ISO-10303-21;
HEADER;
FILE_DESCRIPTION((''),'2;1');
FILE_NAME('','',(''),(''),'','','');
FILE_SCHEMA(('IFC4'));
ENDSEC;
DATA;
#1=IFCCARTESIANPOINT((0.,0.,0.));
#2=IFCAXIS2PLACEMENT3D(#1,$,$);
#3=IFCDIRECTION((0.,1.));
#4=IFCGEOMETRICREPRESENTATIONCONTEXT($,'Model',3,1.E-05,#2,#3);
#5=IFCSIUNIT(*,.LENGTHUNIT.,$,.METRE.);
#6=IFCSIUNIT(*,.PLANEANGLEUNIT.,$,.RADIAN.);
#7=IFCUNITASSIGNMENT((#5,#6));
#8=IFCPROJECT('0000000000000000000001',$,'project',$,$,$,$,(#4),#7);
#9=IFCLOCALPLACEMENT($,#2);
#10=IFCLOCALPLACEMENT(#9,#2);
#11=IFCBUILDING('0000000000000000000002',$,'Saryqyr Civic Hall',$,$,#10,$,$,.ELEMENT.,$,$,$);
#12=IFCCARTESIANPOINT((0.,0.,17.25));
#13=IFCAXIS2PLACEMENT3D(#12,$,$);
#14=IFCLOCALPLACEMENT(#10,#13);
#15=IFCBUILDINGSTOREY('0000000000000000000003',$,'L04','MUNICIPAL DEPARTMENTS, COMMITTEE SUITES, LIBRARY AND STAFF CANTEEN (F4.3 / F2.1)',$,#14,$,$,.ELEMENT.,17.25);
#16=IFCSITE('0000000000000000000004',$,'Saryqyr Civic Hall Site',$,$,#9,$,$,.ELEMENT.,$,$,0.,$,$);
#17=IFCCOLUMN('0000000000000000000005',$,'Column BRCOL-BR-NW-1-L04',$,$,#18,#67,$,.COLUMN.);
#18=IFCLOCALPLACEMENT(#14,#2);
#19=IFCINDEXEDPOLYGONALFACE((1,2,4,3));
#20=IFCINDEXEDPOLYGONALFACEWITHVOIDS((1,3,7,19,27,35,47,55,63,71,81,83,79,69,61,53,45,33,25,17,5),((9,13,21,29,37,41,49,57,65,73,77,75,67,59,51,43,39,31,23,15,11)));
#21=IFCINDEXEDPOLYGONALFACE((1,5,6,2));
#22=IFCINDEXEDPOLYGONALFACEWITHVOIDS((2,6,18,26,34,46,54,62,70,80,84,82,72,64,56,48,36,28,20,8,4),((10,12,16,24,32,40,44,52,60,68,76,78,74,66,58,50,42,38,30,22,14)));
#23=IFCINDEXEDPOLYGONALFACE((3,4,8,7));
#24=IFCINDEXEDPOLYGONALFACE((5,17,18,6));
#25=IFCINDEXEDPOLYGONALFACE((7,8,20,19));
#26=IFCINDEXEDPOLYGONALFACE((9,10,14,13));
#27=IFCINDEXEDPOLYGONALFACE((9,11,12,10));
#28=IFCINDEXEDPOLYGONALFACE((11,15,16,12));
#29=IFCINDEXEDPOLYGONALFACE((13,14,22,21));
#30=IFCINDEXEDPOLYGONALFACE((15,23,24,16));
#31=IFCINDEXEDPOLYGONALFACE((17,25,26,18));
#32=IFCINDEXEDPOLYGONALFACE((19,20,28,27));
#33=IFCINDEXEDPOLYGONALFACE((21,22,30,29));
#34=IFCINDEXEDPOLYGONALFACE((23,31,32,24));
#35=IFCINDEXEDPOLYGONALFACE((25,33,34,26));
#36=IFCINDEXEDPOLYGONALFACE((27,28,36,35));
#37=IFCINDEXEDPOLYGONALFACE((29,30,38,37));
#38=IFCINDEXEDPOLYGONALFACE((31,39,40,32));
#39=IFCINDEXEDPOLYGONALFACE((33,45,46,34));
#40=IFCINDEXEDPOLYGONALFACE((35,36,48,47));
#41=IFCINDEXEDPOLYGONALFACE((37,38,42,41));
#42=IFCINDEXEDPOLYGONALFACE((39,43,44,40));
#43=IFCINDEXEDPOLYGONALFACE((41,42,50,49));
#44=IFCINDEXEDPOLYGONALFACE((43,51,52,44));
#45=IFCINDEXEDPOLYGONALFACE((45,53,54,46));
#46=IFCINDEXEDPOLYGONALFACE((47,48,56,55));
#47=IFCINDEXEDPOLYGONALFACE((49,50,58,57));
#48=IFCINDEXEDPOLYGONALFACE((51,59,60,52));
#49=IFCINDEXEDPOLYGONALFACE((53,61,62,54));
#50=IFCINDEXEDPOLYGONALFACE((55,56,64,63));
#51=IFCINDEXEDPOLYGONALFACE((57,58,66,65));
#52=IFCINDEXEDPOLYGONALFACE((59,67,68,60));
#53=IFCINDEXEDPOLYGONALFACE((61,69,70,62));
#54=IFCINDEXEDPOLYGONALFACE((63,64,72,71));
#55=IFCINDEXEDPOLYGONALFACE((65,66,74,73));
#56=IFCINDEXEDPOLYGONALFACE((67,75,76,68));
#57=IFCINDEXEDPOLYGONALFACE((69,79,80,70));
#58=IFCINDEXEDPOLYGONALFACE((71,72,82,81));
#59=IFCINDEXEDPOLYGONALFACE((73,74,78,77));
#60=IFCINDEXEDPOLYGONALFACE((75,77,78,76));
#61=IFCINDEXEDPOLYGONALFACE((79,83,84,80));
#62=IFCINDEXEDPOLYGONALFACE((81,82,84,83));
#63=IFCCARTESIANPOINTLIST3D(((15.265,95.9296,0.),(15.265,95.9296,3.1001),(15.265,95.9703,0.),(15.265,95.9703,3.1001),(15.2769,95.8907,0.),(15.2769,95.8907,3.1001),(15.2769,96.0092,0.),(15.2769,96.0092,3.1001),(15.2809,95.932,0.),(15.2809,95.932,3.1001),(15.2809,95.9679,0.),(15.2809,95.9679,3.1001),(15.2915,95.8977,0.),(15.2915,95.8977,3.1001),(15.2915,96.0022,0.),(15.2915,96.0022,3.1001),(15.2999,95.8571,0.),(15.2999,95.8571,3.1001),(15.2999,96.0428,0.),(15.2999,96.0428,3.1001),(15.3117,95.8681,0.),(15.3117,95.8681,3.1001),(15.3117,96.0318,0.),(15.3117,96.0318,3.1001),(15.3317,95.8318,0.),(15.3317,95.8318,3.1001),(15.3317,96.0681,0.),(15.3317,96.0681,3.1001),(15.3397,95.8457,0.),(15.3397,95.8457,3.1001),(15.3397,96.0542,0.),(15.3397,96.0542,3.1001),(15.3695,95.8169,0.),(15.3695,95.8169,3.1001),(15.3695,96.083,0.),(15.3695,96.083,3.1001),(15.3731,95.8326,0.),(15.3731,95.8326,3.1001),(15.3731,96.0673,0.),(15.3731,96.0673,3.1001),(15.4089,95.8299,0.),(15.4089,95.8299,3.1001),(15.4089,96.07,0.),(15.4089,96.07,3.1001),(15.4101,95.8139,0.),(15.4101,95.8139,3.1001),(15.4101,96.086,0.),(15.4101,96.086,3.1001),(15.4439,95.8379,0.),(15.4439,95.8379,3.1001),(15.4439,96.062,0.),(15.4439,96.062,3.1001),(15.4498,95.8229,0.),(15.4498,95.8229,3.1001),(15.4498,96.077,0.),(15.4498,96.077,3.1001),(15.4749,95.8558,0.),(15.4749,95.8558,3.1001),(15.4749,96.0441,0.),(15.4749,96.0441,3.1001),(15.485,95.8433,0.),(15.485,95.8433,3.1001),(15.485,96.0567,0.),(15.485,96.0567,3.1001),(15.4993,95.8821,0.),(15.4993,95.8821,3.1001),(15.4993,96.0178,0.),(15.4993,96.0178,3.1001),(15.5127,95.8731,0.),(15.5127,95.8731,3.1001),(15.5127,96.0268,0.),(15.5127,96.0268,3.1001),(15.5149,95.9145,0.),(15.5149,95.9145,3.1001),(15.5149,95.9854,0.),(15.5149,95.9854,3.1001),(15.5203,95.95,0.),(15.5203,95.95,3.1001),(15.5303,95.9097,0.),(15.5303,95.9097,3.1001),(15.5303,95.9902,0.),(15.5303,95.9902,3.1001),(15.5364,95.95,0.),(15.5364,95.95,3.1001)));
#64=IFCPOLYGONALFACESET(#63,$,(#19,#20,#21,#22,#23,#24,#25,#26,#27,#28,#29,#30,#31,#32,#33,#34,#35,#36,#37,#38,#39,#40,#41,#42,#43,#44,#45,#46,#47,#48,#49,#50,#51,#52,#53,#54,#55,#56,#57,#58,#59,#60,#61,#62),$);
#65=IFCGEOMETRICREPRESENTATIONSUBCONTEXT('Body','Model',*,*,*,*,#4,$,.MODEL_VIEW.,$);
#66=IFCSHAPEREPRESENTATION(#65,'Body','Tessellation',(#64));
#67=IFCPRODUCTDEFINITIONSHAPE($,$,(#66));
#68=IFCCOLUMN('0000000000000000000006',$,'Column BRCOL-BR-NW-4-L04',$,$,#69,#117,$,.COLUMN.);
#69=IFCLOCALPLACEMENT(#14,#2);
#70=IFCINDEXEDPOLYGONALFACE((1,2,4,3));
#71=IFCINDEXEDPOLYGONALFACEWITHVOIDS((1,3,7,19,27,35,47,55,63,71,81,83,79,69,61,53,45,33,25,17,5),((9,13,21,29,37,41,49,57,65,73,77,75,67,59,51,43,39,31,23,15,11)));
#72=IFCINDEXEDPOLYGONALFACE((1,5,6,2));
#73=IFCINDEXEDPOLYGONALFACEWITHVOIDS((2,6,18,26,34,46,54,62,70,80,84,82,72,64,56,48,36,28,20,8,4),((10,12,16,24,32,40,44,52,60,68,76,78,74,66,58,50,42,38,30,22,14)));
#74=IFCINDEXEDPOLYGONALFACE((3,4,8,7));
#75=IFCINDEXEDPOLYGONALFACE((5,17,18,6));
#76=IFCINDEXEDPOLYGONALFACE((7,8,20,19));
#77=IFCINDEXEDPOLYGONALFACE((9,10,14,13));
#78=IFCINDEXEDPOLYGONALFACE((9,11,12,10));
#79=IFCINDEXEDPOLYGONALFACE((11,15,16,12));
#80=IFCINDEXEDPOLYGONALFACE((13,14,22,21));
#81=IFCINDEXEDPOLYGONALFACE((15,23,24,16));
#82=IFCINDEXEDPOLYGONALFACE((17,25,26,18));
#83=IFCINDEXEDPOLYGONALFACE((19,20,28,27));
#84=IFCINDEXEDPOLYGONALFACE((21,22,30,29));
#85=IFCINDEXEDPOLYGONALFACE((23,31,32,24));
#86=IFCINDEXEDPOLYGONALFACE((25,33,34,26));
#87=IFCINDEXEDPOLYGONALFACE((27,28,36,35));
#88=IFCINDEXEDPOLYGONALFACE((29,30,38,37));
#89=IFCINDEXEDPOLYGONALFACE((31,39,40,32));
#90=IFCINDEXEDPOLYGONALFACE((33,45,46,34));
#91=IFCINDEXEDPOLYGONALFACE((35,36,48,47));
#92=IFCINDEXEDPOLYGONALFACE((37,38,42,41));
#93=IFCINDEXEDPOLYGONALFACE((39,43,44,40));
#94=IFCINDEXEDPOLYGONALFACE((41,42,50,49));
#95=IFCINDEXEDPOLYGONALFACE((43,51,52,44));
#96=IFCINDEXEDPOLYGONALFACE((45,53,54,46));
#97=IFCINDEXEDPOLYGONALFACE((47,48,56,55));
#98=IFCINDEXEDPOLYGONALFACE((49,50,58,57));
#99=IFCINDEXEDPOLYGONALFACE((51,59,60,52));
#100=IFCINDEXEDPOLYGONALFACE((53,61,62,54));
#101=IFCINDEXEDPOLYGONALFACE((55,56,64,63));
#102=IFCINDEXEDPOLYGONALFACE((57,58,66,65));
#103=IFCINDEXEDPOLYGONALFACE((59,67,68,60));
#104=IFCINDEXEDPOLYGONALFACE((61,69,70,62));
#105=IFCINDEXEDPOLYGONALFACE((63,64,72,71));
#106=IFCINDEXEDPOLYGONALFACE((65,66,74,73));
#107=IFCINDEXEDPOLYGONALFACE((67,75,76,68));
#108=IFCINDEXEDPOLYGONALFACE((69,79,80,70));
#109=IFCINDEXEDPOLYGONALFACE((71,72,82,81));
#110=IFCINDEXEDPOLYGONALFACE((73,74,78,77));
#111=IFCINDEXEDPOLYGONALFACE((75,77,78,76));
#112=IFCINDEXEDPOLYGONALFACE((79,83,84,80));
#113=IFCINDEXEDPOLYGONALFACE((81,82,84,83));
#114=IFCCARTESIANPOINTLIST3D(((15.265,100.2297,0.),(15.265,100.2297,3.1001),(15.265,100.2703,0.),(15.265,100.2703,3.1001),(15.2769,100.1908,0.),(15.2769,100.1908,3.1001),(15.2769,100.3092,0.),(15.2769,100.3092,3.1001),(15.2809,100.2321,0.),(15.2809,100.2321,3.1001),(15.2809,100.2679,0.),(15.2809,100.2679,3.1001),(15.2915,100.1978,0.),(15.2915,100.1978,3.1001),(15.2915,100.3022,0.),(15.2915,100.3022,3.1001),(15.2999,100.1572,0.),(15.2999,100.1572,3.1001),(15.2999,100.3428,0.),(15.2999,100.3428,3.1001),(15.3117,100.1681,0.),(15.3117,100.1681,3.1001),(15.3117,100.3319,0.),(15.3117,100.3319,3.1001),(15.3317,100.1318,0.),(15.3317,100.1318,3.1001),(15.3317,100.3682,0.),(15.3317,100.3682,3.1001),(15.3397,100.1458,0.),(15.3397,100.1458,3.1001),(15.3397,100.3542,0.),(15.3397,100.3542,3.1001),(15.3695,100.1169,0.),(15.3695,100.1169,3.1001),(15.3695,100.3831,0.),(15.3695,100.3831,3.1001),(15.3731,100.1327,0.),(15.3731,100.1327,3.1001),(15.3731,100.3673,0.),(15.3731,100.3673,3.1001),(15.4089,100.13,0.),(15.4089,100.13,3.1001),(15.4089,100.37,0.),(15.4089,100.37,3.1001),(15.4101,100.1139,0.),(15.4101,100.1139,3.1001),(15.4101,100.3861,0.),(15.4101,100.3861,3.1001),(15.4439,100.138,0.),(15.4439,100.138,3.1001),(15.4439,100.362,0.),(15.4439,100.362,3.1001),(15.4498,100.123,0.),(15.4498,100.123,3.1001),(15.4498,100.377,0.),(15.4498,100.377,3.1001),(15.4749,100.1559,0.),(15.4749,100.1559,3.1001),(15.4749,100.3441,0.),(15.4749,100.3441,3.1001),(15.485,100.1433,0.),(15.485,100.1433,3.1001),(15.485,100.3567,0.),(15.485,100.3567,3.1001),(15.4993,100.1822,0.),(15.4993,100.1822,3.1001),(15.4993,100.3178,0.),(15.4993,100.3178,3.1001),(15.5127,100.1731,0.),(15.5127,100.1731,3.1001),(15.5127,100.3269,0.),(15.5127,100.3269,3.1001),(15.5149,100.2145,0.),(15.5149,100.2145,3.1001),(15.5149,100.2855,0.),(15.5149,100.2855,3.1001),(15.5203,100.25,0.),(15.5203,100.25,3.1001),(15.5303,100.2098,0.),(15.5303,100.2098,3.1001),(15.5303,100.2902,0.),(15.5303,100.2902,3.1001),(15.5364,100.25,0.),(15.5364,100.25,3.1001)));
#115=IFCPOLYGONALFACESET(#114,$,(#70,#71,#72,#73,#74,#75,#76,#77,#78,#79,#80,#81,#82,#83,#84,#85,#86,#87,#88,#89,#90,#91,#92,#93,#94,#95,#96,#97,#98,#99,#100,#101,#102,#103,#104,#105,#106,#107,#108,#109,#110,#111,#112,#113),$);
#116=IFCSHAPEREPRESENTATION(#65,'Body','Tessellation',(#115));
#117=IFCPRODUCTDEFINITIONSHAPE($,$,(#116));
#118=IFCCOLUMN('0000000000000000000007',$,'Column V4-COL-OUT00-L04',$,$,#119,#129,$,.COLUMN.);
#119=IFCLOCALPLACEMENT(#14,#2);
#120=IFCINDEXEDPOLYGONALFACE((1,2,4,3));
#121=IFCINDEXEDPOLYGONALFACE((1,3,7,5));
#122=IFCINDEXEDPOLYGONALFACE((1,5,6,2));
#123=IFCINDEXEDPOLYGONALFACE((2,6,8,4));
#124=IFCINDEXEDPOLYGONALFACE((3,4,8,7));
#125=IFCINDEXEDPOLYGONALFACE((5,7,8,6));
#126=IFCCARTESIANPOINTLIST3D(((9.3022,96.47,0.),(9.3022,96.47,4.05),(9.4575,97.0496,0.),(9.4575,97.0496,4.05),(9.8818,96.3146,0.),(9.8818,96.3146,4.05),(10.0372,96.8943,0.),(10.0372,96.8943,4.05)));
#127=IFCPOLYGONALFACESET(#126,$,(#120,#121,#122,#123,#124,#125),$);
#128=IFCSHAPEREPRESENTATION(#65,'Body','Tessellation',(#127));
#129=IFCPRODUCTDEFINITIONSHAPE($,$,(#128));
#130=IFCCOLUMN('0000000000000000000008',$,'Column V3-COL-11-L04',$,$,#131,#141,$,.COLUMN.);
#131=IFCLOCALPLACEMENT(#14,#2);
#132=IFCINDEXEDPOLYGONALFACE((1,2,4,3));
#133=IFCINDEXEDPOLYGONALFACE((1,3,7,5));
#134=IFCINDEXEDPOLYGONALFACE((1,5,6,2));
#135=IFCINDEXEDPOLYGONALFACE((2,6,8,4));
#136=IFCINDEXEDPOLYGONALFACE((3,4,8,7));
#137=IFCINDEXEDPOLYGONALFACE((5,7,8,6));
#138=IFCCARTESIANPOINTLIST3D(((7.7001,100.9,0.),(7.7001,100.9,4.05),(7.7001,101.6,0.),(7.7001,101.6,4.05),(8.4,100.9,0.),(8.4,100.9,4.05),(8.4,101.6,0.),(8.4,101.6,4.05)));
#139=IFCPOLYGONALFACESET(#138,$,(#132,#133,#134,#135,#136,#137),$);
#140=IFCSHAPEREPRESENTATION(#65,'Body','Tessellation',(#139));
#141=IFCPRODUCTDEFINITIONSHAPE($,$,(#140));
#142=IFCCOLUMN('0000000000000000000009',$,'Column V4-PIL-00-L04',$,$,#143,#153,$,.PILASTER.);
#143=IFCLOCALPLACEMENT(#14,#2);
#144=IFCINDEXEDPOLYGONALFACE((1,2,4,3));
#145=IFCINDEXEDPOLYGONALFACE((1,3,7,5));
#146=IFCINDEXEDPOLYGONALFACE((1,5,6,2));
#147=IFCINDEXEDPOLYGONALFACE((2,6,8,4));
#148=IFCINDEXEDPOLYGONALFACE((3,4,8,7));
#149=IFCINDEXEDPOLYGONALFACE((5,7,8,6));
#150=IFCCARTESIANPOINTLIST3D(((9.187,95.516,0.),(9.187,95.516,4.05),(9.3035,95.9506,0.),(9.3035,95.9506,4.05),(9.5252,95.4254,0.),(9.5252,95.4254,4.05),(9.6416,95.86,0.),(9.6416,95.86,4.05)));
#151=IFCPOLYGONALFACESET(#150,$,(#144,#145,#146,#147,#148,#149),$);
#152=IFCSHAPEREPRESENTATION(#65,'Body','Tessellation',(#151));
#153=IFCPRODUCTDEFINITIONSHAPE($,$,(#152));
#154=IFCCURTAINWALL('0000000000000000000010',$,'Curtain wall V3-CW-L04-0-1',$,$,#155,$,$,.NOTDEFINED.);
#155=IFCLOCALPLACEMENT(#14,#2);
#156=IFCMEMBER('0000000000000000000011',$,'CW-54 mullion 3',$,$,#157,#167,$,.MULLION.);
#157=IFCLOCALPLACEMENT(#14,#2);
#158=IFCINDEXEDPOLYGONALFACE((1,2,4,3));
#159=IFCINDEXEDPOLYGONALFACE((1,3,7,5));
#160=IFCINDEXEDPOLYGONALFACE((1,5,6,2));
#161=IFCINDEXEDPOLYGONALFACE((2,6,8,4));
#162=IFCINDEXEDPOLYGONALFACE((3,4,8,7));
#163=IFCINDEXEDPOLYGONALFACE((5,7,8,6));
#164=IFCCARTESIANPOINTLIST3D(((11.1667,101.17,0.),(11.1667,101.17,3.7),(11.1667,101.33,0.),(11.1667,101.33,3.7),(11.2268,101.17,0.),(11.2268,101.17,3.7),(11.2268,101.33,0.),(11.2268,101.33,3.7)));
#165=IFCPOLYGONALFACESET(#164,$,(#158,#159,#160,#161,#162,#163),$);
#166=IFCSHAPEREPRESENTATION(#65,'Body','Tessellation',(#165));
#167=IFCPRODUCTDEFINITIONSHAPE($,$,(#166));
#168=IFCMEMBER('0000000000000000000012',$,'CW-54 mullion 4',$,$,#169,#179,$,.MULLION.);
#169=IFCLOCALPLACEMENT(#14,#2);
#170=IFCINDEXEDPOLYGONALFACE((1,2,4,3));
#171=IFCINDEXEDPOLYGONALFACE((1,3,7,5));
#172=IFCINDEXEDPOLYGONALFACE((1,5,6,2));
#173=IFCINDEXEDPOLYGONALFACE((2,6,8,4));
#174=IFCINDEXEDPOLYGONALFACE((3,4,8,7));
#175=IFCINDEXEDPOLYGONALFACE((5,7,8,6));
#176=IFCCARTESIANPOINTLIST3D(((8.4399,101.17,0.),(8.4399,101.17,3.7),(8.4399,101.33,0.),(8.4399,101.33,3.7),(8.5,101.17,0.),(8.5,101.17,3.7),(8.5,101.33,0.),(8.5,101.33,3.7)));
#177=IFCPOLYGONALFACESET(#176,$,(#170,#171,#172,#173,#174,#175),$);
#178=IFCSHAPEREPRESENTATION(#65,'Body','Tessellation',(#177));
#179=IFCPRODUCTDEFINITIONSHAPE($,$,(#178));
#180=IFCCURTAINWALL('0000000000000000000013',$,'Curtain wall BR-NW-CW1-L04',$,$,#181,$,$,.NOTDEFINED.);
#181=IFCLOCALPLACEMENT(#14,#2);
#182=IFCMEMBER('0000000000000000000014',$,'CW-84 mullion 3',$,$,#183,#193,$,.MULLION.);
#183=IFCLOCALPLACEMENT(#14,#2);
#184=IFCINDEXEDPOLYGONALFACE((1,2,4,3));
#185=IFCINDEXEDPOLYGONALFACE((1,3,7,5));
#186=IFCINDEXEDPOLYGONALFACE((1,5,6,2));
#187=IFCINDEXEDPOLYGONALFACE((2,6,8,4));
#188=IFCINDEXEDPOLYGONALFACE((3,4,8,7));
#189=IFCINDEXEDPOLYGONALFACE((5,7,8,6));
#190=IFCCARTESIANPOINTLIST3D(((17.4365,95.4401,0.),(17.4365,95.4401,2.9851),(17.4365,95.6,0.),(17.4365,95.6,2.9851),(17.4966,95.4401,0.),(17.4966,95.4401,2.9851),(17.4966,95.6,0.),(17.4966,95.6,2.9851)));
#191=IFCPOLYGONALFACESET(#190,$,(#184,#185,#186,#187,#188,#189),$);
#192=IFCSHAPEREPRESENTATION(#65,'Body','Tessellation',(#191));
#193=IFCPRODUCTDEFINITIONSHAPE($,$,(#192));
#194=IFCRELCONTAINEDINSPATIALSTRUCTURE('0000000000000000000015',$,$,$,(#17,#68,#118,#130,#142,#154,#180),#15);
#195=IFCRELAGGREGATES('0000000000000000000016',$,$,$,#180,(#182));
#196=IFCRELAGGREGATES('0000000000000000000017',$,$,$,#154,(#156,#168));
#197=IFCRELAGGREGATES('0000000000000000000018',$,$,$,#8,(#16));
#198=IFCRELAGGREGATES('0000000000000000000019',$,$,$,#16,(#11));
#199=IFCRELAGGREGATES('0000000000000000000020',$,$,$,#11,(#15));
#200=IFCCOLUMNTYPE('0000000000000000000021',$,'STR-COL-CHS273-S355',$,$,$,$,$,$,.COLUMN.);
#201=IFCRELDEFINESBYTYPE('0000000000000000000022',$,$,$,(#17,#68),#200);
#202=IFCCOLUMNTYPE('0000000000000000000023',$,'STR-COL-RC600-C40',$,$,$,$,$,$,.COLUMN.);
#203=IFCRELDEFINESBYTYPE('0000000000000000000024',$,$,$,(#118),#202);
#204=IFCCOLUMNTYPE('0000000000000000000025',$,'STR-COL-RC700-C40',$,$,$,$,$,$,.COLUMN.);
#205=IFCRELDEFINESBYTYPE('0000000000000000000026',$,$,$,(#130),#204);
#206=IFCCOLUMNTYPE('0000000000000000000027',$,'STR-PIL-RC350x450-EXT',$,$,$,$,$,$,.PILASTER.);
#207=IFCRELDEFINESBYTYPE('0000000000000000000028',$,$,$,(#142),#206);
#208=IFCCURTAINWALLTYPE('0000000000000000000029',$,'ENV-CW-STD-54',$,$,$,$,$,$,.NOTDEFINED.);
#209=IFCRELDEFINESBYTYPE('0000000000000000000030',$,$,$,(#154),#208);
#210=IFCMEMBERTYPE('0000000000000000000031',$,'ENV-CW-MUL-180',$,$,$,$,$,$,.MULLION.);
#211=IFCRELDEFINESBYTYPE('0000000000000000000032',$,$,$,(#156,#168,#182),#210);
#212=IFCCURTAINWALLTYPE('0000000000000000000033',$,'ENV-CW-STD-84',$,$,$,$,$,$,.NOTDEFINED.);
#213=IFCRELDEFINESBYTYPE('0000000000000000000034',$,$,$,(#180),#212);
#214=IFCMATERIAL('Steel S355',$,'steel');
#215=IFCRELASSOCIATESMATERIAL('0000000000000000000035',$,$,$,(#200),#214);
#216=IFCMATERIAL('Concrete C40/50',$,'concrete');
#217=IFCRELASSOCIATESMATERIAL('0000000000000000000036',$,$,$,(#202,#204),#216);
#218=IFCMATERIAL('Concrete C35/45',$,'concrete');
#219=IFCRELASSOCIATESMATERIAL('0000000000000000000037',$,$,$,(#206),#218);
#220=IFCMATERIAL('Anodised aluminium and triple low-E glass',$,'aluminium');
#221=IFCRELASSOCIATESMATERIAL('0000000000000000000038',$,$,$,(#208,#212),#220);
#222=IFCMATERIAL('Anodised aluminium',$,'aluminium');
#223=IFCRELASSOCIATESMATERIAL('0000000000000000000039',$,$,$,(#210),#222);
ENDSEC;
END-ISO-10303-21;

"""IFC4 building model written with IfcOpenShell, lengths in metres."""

from ifc_helpers import new_model, si_unit, direction, frame, origin, origin_2d, place, context, subcontext, project, spatial, rectangle, hollow_circle, extrude, material, material_profile, profile_set, type_object, element, aggregate, save


model = new_model("IFC4")

# Units and contexts
model_context = context("Model", 3, precision=1e-05, world=origin(), true_north=direction((0.0, 1.0)))
body_context = subcontext(model_context, "Body", "Model", "MODEL_VIEW")
ifc_project = project(units=[si_unit("LENGTHUNIT", "METRE"), si_unit("PLANEANGLEUNIT", "RADIAN")], contexts=[model_context])

# Site, building, storey
site_placement = place(None, origin())
site = spatial("IfcSite", under=ifc_project, at=site_placement, Name="Saryqyr Civic Hall Site", CompositionType="ELEMENT", RefElevation=0.0)
building_placement = place(site_placement, origin())
building = spatial("IfcBuilding", under=site, at=building_placement, Name="Saryqyr Civic Hall", CompositionType="ELEMENT")
storey_placement = place(building_placement, frame((0.0, 0.0, 17.25)))
storey = spatial("IfcBuildingStorey", under=building, at=storey_placement, Name="L04", Description="MUNICIPAL DEPARTMENTS, COMMITTEE SUITES, LIBRARY AND STAFF CANTEEN (F4.3 / F2.1)", CompositionType="ELEMENT", Elevation=17.25)

# Columns
ifc_material_1 = material(Name="Steel S355", Category="steel")
ifc_material_profile_1 = material_profile(ifc_material_1, hollow_circle(Radius=0.1365, WallThickness=0.0161, at=origin_2d()), Name="CHS 273x16")
ifc_profile_set_1 = profile_set([ifc_material_profile_1], Name="Steel S355")
column_type_1 = type_object("IfcColumnType", Name="STR-COL-CHS273-S355", PredefinedType="COLUMN", material=ifc_profile_set_1)
for number, where, z_axis, x_axis, name in (
    (1, (15.3999, 95.95, 0.0), (0.0, 0.0, 1.0), (1.0, 0.0, 0.0), "Column BRCOL-BR-NW-1-L04"),
    (2, (15.3999, 100.25, 0.0), (0.0, 0.0, 1.0), (1.0, 0.0, 0.0), "Column BRCOL-BR-NW-4-L04"),
):
    element("IfcColumn", number, at=place(storey_placement, frame(where, z_axis=z_axis, x_axis=x_axis)), inside=storey, type_object=column_type_1, Name=name, PredefinedType="COLUMN", context=body_context, shape_type="SweptSolid", body=[
        extrude(hollow_circle(Radius=0.1365, WallThickness=0.0161, at=origin_2d()), origin(), (0.0, 0.0, 1.0), 3.1001),
    ])
ifc_material_2 = material(Name="Concrete C40/50", Category="concrete")
ifc_material_profile_2 = material_profile(ifc_material_2, rectangle(XDim=0.6001, YDim=0.6001, at=origin_2d()), Name="RC 600x600")
ifc_profile_set_2 = profile_set([ifc_material_profile_2], Name="Concrete C40/50")
column_type_2 = type_object("IfcColumnType", Name="STR-COL-RC600-C40", PredefinedType="COLUMN", material=ifc_profile_set_2)
column_1_placement = place(storey_placement, frame((9.6697, 96.6821, 0.0), z_axis=(0.0, 0.0, 1.0), x_axis=(-0.965926, 0.258819, 0.0)))
element("IfcColumn", 3, at=column_1_placement, inside=storey, type_object=column_type_2, Name="Column V4-COL-OUT00-L04", PredefinedType="COLUMN", context=body_context, shape_type="SweptSolid", body=[
    extrude(rectangle(XDim=0.6001, YDim=0.6001, at=origin_2d()), origin(), (0.0, 0.0, 1.0), 4.05),
])
ifc_material_profile_3 = material_profile(ifc_material_2, rectangle(XDim=0.7, YDim=0.7, at=origin_2d()), Name="RC 700x700")
ifc_profile_set_3 = profile_set([ifc_material_profile_3], Name="Concrete C40/50")
column_type_3 = type_object("IfcColumnType", Name="STR-COL-RC700-C40", PredefinedType="COLUMN", material=ifc_profile_set_3)
column_2_placement = place(storey_placement, frame((8.05, 101.25, 0.0), z_axis=(0.0, 0.0, 1.0), x_axis=(1.0, 0.0, 0.0)))
element("IfcColumn", 4, at=column_2_placement, inside=storey, type_object=column_type_3, Name="Column V3-COL-11-L04", PredefinedType="COLUMN", context=body_context, shape_type="SweptSolid", body=[
    extrude(rectangle(XDim=0.7, YDim=0.7, at=origin_2d()), origin(), (0.0, 0.0, 1.0), 4.05),
])
ifc_material_3 = material(Name="Concrete C35/45", Category="concrete")
ifc_material_profile_4 = material_profile(ifc_material_3, rectangle(XDim=0.3501, YDim=0.45, at=origin_2d()), Name="RC 350x450")
ifc_profile_set_4 = profile_set([ifc_material_profile_4], Name="Concrete C35/45")
column_type_4 = type_object("IfcColumnType", Name="STR-PIL-RC350x450-EXT", PredefinedType="PILASTER", material=ifc_profile_set_4)
column_3_placement = place(storey_placement, frame((9.4143, 95.688, 0.0), z_axis=(0.0, 0.0, 1.0), x_axis=(-0.965926, 0.258819, 0.0)))
element("IfcColumn", 5, at=column_3_placement, inside=storey, type_object=column_type_4, Name="Column V4-PIL-00-L04", PredefinedType="PILASTER", context=body_context, shape_type="SweptSolid", body=[
    extrude(rectangle(XDim=0.3501, YDim=0.45, at=origin_2d()), origin(), (0.0, 0.0, 1.0), 4.05),
])

# Curtain wall, members
ifc_material_4 = material(Name="Anodised aluminium and triple low-E glass", Category="aluminium")
curtain_wall_type_1 = type_object("IfcCurtainWallType", Name="ENV-CW-STD-54", PredefinedType="NOTDEFINED", material=ifc_material_4)
curtain_wall_1_placement = place(storey_placement, origin())
curtain_wall_1 = element("IfcCurtainWall", 6, at=curtain_wall_1_placement, inside=storey, type_object=curtain_wall_type_1, Name="Curtain wall V3-CW-L04-0-1", PredefinedType="NOTDEFINED")
ifc_material_5 = material(Name="Anodised aluminium", Category="aluminium")
ifc_material_profile_5 = material_profile(ifc_material_5, rectangle(XDim=0.0601, YDim=0.1599, at=origin_2d()), Name="ALU MULLION 60x160")
ifc_profile_set_5 = profile_set([ifc_material_profile_5], Name="Anodised aluminium")
member_type_1 = type_object("IfcMemberType", Name="ENV-CW-MUL-180", PredefinedType="MULLION", material=ifc_profile_set_5)
member_1_placement = place(storey_placement, frame((11.1968, 101.25, 0.0), z_axis=(0.0, 0.0, 1.0), x_axis=(-1.0, 0.0, 0.0)))
member_1 = element("IfcMember", 7, at=member_1_placement, type_object=member_type_1, Name="CW-54 mullion 3", PredefinedType="MULLION", context=body_context, shape_type="SweptSolid", body=[
    extrude(rectangle(XDim=0.0601, YDim=0.1599, at=origin_2d()), origin(), (0.0, 0.0, 1.0), 3.7),
])
member_2_placement = place(storey_placement, frame((8.47, 101.25, 0.0), z_axis=(0.0, 0.0, 1.0), x_axis=(-1.0, 0.0, 0.0)))
member_2 = element("IfcMember", 8, at=member_2_placement, type_object=member_type_1, Name="CW-54 mullion 4", PredefinedType="MULLION", context=body_context, shape_type="SweptSolid", body=[
    extrude(rectangle(XDim=0.0601, YDim=0.1599, at=origin_2d()), origin(), (0.0, 0.0, 1.0), 3.7),
])

# Curtain wall, member
curtain_wall_type_2 = type_object("IfcCurtainWallType", Name="ENV-CW-STD-84", PredefinedType="NOTDEFINED", material=ifc_material_4)
curtain_wall_2_placement = place(storey_placement, origin())
curtain_wall_2 = element("IfcCurtainWall", 9, at=curtain_wall_2_placement, inside=storey, type_object=curtain_wall_type_2, Name="Curtain wall BR-NW-CW1-L04", PredefinedType="NOTDEFINED")
member_3_placement = place(storey_placement, frame((17.4666, 95.52, 0.0), z_axis=(0.0, 0.0, 1.0), x_axis=(-1.0, 0.0, 0.0)))
member_3 = element("IfcMember", 10, at=member_3_placement, type_object=member_type_1, Name="CW-84 mullion 3", PredefinedType="MULLION", context=body_context, shape_type="SweptSolid", body=[
    extrude(rectangle(XDim=0.0601, YDim=0.1599, at=origin_2d()), origin(), (0.0, 0.0, 1.0), 2.9851),
])

aggregate(curtain_wall_2, [member_3])

aggregate(curtain_wall_1, [member_1, member_2])

save(model, "model.ifc")
